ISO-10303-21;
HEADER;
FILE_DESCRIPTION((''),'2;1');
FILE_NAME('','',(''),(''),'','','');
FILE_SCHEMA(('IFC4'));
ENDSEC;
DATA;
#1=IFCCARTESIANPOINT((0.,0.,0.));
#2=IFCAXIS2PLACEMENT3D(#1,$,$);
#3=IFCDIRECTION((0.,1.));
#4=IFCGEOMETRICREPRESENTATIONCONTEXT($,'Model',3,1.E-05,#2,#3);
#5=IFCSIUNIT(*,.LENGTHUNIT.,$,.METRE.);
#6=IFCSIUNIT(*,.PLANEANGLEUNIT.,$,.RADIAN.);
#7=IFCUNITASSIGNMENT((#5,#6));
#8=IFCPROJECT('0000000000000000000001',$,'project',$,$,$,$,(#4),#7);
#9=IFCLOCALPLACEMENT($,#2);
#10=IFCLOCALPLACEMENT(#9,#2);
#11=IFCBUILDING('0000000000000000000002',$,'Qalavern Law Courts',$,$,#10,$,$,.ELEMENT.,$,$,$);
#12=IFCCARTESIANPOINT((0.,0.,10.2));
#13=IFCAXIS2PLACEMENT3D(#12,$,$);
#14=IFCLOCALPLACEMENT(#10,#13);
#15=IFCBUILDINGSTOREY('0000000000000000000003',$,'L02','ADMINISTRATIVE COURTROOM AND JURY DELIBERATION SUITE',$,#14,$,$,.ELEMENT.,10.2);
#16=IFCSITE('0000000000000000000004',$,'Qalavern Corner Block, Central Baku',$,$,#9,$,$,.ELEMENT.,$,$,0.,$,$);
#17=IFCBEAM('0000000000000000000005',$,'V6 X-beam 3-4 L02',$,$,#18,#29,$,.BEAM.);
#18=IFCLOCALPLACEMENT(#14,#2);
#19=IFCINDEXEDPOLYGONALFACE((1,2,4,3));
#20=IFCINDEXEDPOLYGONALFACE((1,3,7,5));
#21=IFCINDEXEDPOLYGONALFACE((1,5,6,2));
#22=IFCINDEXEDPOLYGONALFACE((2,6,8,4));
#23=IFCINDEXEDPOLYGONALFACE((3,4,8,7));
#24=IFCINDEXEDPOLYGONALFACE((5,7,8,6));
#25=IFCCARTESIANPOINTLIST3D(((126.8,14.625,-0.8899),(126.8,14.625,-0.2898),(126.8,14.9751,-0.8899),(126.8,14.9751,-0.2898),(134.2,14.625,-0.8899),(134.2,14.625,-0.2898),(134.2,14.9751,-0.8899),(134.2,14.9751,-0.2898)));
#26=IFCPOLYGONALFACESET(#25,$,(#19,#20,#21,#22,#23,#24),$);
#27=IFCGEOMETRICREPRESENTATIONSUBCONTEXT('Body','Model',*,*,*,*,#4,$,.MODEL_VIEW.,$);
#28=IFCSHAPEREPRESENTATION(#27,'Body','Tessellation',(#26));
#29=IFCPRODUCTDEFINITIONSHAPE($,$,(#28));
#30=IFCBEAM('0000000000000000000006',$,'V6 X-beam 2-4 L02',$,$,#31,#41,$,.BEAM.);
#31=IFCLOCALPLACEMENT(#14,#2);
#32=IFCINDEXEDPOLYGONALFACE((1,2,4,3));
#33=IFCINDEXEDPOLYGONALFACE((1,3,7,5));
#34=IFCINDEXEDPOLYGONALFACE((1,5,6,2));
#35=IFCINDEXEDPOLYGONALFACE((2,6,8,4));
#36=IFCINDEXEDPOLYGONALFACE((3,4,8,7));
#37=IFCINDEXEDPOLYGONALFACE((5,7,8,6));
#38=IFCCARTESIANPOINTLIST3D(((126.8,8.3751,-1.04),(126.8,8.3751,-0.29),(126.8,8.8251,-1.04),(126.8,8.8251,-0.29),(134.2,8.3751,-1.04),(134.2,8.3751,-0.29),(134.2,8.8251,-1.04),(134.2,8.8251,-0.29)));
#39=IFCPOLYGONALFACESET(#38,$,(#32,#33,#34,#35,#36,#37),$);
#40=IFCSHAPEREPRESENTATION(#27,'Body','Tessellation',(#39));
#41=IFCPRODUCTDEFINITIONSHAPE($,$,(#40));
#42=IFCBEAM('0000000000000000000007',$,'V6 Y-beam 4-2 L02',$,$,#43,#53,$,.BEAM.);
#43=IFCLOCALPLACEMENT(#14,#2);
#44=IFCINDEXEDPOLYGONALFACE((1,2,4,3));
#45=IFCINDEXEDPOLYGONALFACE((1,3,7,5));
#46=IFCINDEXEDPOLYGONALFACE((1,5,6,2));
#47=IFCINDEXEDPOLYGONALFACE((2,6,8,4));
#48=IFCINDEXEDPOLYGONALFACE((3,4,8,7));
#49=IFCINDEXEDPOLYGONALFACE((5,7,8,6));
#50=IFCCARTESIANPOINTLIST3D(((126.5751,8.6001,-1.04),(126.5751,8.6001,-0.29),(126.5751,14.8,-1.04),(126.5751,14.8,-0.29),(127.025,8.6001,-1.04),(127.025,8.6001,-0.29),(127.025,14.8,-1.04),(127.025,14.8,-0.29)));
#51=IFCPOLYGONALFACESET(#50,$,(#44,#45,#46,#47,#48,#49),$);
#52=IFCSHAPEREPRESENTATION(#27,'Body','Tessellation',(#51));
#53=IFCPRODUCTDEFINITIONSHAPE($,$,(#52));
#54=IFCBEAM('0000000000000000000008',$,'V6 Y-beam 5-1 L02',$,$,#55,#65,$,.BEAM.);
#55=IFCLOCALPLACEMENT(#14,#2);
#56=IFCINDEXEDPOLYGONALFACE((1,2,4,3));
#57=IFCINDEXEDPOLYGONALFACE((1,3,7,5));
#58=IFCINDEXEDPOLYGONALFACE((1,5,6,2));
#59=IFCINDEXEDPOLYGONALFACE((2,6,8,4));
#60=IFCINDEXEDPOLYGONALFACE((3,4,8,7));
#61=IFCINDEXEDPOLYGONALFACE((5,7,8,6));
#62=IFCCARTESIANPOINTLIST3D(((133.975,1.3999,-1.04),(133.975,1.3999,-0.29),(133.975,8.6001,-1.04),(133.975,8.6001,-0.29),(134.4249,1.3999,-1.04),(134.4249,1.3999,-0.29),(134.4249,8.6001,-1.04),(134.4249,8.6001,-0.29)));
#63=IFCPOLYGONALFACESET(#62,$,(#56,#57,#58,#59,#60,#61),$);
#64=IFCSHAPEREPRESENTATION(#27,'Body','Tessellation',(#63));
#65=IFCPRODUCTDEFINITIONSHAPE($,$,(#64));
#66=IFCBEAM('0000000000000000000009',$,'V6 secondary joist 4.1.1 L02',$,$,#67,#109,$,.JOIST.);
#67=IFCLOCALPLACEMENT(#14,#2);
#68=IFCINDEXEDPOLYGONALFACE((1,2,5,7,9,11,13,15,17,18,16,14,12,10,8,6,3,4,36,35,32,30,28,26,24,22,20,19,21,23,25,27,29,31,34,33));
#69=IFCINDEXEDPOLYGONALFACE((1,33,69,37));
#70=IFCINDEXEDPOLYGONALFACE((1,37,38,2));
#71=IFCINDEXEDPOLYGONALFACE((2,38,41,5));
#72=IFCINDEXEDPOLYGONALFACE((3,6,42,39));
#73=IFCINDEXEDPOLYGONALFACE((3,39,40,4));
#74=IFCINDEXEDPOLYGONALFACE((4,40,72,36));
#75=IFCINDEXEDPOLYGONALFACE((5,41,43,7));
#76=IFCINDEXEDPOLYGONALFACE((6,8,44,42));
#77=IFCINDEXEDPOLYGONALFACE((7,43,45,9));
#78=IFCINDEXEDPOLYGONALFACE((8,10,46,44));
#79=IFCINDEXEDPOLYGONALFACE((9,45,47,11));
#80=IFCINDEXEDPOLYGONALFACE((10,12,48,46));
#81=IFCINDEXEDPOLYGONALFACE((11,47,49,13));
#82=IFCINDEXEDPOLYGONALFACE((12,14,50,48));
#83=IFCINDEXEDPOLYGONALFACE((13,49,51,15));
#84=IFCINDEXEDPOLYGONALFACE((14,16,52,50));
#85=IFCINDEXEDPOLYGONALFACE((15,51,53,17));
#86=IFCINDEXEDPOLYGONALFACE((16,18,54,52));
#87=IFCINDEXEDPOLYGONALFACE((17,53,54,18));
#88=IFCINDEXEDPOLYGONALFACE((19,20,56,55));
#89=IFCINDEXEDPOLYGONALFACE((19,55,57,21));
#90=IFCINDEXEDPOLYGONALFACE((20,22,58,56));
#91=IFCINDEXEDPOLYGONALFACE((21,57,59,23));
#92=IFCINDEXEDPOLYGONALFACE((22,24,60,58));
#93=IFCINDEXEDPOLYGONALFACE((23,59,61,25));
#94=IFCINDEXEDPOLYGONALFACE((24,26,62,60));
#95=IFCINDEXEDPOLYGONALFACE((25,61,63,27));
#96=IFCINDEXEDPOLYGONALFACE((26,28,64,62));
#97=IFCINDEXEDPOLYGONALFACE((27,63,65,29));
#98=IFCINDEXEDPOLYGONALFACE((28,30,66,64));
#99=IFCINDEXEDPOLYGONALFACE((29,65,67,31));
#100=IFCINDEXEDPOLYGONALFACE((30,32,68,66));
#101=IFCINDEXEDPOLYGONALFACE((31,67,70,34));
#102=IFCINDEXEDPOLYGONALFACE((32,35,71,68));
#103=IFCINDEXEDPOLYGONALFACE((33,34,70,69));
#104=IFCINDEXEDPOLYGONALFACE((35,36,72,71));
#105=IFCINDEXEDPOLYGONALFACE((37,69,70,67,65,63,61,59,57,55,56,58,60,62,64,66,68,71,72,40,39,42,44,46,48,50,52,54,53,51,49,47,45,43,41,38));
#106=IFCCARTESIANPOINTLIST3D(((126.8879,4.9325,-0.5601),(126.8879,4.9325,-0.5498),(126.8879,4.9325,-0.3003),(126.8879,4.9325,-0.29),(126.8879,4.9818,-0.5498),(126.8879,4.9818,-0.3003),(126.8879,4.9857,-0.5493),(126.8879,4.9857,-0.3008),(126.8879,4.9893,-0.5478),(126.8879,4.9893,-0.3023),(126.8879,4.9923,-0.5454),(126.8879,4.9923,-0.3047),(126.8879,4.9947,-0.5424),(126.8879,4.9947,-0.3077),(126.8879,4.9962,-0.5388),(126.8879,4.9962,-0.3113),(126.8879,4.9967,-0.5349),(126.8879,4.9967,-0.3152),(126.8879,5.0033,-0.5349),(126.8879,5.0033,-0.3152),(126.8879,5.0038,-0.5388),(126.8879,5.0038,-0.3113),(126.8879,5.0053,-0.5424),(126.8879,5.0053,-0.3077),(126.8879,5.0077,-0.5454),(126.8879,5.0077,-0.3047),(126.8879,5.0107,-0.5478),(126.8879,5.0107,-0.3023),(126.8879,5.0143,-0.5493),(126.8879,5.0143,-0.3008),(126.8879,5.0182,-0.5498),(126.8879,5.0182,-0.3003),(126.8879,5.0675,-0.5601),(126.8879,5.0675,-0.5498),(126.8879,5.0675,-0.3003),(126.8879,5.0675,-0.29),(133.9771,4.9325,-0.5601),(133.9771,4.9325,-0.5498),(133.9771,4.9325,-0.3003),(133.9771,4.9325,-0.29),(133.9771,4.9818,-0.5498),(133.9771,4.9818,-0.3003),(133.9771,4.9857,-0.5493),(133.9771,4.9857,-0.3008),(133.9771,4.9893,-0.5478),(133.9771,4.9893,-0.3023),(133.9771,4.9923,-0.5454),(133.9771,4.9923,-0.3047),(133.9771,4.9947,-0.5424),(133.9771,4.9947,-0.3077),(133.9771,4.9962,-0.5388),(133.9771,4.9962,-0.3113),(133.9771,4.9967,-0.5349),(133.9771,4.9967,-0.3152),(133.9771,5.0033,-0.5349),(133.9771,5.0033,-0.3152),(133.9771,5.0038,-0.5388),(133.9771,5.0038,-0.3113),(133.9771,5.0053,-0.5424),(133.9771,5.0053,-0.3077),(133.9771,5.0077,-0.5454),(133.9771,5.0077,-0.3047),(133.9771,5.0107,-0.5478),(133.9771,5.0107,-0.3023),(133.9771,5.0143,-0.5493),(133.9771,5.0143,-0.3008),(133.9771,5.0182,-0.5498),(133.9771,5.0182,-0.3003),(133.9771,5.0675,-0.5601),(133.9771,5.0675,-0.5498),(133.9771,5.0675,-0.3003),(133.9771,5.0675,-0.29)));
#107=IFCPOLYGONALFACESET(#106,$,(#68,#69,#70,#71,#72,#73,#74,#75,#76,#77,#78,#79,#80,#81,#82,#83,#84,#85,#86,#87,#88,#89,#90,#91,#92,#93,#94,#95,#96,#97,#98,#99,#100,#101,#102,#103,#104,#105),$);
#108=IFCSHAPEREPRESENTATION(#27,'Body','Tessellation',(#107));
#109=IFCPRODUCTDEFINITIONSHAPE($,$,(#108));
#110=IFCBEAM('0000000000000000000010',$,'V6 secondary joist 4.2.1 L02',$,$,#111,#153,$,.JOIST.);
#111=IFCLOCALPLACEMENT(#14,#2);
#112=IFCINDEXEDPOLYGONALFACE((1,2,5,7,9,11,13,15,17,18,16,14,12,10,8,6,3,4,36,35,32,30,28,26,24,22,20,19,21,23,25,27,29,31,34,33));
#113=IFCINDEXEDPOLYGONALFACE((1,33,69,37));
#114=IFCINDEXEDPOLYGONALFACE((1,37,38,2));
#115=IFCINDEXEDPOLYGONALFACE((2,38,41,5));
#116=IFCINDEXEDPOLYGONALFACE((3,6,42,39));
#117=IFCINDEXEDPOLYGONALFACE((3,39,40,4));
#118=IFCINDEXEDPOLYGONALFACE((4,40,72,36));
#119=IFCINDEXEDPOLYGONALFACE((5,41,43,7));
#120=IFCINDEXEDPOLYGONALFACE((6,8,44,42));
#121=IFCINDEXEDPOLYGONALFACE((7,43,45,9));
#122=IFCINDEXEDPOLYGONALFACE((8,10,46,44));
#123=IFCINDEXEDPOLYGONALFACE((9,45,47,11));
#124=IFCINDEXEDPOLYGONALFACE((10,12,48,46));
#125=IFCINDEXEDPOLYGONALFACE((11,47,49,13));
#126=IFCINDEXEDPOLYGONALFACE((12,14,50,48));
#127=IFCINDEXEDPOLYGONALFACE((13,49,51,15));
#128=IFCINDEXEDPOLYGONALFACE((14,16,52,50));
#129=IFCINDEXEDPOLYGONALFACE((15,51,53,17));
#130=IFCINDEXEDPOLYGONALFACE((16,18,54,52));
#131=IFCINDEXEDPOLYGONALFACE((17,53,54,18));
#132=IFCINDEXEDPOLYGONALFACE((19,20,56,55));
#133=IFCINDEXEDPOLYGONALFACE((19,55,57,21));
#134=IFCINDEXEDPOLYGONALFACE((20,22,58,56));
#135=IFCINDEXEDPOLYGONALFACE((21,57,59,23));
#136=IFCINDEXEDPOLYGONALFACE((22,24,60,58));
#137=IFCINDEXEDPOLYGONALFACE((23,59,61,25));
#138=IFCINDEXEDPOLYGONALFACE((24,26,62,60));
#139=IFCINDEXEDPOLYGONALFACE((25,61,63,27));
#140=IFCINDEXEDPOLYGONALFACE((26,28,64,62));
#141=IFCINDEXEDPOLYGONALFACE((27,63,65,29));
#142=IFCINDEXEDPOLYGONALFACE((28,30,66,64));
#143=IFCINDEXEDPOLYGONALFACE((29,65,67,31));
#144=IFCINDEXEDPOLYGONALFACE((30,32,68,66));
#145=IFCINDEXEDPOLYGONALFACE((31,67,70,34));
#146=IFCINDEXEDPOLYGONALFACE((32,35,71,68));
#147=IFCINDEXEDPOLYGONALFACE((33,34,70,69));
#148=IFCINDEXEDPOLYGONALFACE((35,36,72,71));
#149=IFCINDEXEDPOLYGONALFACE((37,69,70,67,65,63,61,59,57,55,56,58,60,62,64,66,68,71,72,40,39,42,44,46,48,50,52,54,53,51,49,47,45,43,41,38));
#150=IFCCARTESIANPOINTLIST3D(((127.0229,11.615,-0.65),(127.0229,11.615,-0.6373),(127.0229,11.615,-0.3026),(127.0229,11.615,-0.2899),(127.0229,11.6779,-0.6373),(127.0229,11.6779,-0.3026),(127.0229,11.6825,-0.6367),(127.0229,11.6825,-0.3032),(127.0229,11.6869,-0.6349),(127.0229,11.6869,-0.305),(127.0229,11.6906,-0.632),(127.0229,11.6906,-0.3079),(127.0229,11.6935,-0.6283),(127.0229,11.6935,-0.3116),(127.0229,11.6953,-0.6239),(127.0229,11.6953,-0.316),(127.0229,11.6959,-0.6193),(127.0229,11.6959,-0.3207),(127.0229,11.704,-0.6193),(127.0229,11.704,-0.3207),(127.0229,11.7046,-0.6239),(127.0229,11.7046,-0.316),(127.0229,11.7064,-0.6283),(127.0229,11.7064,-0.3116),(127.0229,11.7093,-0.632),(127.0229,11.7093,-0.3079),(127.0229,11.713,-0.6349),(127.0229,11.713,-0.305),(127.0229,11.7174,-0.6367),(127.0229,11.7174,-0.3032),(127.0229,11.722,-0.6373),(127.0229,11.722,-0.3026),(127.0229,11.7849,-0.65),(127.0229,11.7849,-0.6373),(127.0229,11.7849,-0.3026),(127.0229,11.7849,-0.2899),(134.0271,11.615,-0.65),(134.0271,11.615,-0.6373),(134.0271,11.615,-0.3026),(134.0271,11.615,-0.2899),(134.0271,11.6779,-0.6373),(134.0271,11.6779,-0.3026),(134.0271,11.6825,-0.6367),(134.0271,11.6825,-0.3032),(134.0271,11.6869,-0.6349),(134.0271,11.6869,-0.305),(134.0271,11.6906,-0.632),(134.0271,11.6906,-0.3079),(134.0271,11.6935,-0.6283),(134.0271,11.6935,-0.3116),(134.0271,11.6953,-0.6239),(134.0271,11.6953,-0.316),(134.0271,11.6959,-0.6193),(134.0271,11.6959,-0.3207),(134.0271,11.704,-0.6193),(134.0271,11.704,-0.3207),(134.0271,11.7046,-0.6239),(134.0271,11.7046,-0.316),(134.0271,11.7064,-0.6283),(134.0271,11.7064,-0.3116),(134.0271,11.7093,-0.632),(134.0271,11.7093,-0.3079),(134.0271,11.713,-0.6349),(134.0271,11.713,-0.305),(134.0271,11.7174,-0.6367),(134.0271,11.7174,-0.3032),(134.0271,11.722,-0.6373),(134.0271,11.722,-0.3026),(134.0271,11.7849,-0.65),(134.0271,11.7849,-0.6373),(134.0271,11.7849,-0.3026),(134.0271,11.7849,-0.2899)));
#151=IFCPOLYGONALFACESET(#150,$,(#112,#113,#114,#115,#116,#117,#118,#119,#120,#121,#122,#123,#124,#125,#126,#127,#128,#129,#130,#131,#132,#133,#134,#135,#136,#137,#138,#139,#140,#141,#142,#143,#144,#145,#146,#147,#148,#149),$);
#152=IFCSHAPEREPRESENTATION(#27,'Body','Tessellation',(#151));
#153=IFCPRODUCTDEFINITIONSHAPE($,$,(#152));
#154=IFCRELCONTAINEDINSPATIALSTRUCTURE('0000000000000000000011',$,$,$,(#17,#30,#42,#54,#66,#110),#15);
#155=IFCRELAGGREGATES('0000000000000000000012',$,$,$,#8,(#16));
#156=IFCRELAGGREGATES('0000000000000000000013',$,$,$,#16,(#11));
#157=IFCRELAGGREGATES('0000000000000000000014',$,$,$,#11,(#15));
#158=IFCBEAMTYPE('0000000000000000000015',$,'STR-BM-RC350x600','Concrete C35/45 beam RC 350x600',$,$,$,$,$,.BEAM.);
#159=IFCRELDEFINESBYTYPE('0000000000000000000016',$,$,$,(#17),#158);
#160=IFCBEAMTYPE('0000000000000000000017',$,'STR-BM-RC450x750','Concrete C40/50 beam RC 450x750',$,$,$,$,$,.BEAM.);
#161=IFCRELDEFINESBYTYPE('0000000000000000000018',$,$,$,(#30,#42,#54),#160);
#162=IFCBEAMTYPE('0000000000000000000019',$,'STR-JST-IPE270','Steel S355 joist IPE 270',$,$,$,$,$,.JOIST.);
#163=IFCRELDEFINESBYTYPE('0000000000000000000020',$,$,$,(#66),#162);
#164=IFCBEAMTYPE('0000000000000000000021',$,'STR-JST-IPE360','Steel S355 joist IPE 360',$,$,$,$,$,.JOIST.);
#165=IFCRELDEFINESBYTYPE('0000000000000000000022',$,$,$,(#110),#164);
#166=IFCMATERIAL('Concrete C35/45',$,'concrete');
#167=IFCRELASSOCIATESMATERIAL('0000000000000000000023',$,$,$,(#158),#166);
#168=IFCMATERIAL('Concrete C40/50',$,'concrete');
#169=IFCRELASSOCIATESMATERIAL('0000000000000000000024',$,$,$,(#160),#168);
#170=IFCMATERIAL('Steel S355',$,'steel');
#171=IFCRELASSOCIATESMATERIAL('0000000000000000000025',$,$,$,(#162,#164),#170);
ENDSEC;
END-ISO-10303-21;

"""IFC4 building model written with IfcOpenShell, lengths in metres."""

from ifc_helpers import new_model, si_unit, direction, frame, origin, origin_2d, place, context, subcontext, project, spatial, rectangle, i_section, extrude, material, material_profile, profile_set, type_object, element, save


model = new_model("IFC4")

# Units and contexts
model_context = context("Model", 3, precision=1e-05, world=origin(), true_north=direction((0.0, 1.0)))
body_context = subcontext(model_context, "Body", "Model", "MODEL_VIEW")
ifc_project = project(units=[si_unit("LENGTHUNIT", "METRE"), si_unit("PLANEANGLEUNIT", "RADIAN")], contexts=[model_context])

# Site, building, storey
site_placement = place(None, origin())
site = spatial("IfcSite", under=ifc_project, at=site_placement, Name="Qalavern Corner Block, Central Baku", CompositionType="ELEMENT", RefElevation=0.0)
building_placement = place(site_placement, origin())
building = spatial("IfcBuilding", under=site, at=building_placement, Name="Qalavern Law Courts", CompositionType="ELEMENT")
storey_placement = place(building_placement, frame((0.0, 0.0, 10.2)))
storey = spatial("IfcBuildingStorey", under=building, at=storey_placement, Name="L02", Description="ADMINISTRATIVE COURTROOM AND JURY DELIBERATION SUITE", CompositionType="ELEMENT", Elevation=10.2)

# Beams
ifc_material_1 = material(Name="Steel S355", Category="steel")
ifc_material_2 = material(Name="Concrete C35/45", Category="concrete")
ifc_material_profile_1 = material_profile(ifc_material_2, rectangle(XDim=0.3501, YDim=0.6001, at=origin_2d()), Name="RC 350x600")
ifc_profile_set_1 = profile_set([ifc_material_profile_1], Name="Concrete C35/45")
beam_type_1 = type_object("IfcBeamType", Name="STR-BM-RC350x600", Description="Concrete C35/45 beam RC 350x600", PredefinedType="BEAM", material=ifc_profile_set_1)
beam_1_placement = place(storey_placement, frame((126.8, 14.8, -0.5898), z_axis=(1.0, 0.0, 0.0), x_axis=(0.0, 1.0, 0.0)))
element("IfcBeam", 1, at=beam_1_placement, inside=storey, type_object=beam_type_1, Name="V6 X-beam 3-4 L02", PredefinedType="BEAM", context=body_context, shape_type="SweptSolid", body=[
    extrude(rectangle(XDim=0.3501, YDim=0.6001, at=origin_2d()), origin(), (0.0, 0.0, 1.0), 7.3999),
])
ifc_material_3 = material(Name="Concrete C40/50", Category="concrete")
ifc_material_profile_2 = material_profile(ifc_material_3, rectangle(XDim=0.45, YDim=0.75, at=origin_2d()), Name="RC 450x750")
ifc_profile_set_2 = profile_set([ifc_material_profile_2], Name="Concrete C40/50")
beam_type_2 = type_object("IfcBeamType", Name="STR-BM-RC450x750", Description="Concrete C40/50 beam RC 450x750", PredefinedType="BEAM", material=ifc_profile_set_2)
beam_2_placement = place(storey_placement, frame((126.8, 8.6001, -0.665), z_axis=(1.0, 0.0, 0.0), x_axis=(0.0, 1.0, 0.0)))
element("IfcBeam", 2, at=beam_2_placement, inside=storey, type_object=beam_type_2, Name="V6 X-beam 2-4 L02", PredefinedType="BEAM", context=body_context, shape_type="SweptSolid", body=[
    extrude(rectangle(XDim=0.45, YDim=0.75, at=origin_2d()), origin(), (0.0, 0.0, 1.0), 7.3999),
])
beam_3_placement = place(storey_placement, frame((126.8, 8.6001, -0.665), z_axis=(0.0, 1.0, 0.0), x_axis=(-1.0, 0.0, 0.0)))
element("IfcBeam", 3, at=beam_3_placement, inside=storey, type_object=beam_type_2, Name="V6 Y-beam 4-2 L02", PredefinedType="BEAM", context=body_context, shape_type="SweptSolid", body=[
    extrude(rectangle(XDim=0.45, YDim=0.75, at=origin_2d()), origin(), (0.0, 0.0, 1.0), 6.2),
])
beam_4_placement = place(storey_placement, frame((134.2, 1.3999, -0.665), z_axis=(0.0, 1.0, 0.0), x_axis=(-1.0, 0.0, 0.0)))
element("IfcBeam", 4, at=beam_4_placement, inside=storey, type_object=beam_type_2, Name="V6 Y-beam 5-1 L02", PredefinedType="BEAM", context=body_context, shape_type="SweptSolid", body=[
    extrude(rectangle(XDim=0.45, YDim=0.75, at=origin_2d()), origin(), (0.0, 0.0, 1.0), 7.2002),
])
ifc_material_profile_3 = material_profile(ifc_material_1, i_section(OverallWidth=0.135, OverallDepth=0.27, WebThickness=0.0066, FlangeThickness=0.0103, FilletRadius=0.0149, at=origin_2d()), Name="IPE 270")
ifc_profile_set_3 = profile_set([ifc_material_profile_3], Name="Steel S355")
beam_type_3 = type_object("IfcBeamType", Name="STR-JST-IPE270", Description="Steel S355 joist IPE 270", PredefinedType="JOIST", material=ifc_profile_set_3)
beam_5_placement = place(storey_placement, frame((126.8879, 5.0, -0.425), z_axis=(1.0, 0.0, 0.0), x_axis=(0.0, 1.0, 0.0)))
element("IfcBeam", 5, at=beam_5_placement, inside=storey, type_object=beam_type_3, Name="V6 secondary joist 4.1.1 L02", PredefinedType="JOIST", context=body_context, shape_type="SweptSolid", body=[
    extrude(i_section(OverallWidth=0.135, OverallDepth=0.27, WebThickness=0.0066, FlangeThickness=0.0103, FilletRadius=0.0149, at=origin_2d()), origin(), (0.0, 0.0, 1.0), 7.0891),
])
ifc_material_profile_4 = material_profile(ifc_material_1, i_section(OverallWidth=0.1699, OverallDepth=0.3601, WebThickness=0.0081, FlangeThickness=0.0127, FilletRadius=0.0181, at=origin_2d()), Name="IPE 360")
ifc_profile_set_4 = profile_set([ifc_material_profile_4], Name="Steel S355")
beam_type_4 = type_object("IfcBeamType", Name="STR-JST-IPE360", Description="Steel S355 joist IPE 360", PredefinedType="JOIST", material=ifc_profile_set_4)
beam_6_placement = place(storey_placement, frame((127.0229, 11.7, -0.47), z_axis=(1.0, 0.0, 0.0), x_axis=(0.0, 1.0, 0.0)))
element("IfcBeam", 6, at=beam_6_placement, inside=storey, type_object=beam_type_4, Name="V6 secondary joist 4.2.1 L02", PredefinedType="JOIST", context=body_context, shape_type="SweptSolid", body=[
    extrude(i_section(OverallWidth=0.1699, OverallDepth=0.3601, WebThickness=0.0081, FlangeThickness=0.0127, FilletRadius=0.0181, at=origin_2d()), origin(), (0.0, 0.0, 1.0), 7.0042),
])

save(model, "model.ifc")
